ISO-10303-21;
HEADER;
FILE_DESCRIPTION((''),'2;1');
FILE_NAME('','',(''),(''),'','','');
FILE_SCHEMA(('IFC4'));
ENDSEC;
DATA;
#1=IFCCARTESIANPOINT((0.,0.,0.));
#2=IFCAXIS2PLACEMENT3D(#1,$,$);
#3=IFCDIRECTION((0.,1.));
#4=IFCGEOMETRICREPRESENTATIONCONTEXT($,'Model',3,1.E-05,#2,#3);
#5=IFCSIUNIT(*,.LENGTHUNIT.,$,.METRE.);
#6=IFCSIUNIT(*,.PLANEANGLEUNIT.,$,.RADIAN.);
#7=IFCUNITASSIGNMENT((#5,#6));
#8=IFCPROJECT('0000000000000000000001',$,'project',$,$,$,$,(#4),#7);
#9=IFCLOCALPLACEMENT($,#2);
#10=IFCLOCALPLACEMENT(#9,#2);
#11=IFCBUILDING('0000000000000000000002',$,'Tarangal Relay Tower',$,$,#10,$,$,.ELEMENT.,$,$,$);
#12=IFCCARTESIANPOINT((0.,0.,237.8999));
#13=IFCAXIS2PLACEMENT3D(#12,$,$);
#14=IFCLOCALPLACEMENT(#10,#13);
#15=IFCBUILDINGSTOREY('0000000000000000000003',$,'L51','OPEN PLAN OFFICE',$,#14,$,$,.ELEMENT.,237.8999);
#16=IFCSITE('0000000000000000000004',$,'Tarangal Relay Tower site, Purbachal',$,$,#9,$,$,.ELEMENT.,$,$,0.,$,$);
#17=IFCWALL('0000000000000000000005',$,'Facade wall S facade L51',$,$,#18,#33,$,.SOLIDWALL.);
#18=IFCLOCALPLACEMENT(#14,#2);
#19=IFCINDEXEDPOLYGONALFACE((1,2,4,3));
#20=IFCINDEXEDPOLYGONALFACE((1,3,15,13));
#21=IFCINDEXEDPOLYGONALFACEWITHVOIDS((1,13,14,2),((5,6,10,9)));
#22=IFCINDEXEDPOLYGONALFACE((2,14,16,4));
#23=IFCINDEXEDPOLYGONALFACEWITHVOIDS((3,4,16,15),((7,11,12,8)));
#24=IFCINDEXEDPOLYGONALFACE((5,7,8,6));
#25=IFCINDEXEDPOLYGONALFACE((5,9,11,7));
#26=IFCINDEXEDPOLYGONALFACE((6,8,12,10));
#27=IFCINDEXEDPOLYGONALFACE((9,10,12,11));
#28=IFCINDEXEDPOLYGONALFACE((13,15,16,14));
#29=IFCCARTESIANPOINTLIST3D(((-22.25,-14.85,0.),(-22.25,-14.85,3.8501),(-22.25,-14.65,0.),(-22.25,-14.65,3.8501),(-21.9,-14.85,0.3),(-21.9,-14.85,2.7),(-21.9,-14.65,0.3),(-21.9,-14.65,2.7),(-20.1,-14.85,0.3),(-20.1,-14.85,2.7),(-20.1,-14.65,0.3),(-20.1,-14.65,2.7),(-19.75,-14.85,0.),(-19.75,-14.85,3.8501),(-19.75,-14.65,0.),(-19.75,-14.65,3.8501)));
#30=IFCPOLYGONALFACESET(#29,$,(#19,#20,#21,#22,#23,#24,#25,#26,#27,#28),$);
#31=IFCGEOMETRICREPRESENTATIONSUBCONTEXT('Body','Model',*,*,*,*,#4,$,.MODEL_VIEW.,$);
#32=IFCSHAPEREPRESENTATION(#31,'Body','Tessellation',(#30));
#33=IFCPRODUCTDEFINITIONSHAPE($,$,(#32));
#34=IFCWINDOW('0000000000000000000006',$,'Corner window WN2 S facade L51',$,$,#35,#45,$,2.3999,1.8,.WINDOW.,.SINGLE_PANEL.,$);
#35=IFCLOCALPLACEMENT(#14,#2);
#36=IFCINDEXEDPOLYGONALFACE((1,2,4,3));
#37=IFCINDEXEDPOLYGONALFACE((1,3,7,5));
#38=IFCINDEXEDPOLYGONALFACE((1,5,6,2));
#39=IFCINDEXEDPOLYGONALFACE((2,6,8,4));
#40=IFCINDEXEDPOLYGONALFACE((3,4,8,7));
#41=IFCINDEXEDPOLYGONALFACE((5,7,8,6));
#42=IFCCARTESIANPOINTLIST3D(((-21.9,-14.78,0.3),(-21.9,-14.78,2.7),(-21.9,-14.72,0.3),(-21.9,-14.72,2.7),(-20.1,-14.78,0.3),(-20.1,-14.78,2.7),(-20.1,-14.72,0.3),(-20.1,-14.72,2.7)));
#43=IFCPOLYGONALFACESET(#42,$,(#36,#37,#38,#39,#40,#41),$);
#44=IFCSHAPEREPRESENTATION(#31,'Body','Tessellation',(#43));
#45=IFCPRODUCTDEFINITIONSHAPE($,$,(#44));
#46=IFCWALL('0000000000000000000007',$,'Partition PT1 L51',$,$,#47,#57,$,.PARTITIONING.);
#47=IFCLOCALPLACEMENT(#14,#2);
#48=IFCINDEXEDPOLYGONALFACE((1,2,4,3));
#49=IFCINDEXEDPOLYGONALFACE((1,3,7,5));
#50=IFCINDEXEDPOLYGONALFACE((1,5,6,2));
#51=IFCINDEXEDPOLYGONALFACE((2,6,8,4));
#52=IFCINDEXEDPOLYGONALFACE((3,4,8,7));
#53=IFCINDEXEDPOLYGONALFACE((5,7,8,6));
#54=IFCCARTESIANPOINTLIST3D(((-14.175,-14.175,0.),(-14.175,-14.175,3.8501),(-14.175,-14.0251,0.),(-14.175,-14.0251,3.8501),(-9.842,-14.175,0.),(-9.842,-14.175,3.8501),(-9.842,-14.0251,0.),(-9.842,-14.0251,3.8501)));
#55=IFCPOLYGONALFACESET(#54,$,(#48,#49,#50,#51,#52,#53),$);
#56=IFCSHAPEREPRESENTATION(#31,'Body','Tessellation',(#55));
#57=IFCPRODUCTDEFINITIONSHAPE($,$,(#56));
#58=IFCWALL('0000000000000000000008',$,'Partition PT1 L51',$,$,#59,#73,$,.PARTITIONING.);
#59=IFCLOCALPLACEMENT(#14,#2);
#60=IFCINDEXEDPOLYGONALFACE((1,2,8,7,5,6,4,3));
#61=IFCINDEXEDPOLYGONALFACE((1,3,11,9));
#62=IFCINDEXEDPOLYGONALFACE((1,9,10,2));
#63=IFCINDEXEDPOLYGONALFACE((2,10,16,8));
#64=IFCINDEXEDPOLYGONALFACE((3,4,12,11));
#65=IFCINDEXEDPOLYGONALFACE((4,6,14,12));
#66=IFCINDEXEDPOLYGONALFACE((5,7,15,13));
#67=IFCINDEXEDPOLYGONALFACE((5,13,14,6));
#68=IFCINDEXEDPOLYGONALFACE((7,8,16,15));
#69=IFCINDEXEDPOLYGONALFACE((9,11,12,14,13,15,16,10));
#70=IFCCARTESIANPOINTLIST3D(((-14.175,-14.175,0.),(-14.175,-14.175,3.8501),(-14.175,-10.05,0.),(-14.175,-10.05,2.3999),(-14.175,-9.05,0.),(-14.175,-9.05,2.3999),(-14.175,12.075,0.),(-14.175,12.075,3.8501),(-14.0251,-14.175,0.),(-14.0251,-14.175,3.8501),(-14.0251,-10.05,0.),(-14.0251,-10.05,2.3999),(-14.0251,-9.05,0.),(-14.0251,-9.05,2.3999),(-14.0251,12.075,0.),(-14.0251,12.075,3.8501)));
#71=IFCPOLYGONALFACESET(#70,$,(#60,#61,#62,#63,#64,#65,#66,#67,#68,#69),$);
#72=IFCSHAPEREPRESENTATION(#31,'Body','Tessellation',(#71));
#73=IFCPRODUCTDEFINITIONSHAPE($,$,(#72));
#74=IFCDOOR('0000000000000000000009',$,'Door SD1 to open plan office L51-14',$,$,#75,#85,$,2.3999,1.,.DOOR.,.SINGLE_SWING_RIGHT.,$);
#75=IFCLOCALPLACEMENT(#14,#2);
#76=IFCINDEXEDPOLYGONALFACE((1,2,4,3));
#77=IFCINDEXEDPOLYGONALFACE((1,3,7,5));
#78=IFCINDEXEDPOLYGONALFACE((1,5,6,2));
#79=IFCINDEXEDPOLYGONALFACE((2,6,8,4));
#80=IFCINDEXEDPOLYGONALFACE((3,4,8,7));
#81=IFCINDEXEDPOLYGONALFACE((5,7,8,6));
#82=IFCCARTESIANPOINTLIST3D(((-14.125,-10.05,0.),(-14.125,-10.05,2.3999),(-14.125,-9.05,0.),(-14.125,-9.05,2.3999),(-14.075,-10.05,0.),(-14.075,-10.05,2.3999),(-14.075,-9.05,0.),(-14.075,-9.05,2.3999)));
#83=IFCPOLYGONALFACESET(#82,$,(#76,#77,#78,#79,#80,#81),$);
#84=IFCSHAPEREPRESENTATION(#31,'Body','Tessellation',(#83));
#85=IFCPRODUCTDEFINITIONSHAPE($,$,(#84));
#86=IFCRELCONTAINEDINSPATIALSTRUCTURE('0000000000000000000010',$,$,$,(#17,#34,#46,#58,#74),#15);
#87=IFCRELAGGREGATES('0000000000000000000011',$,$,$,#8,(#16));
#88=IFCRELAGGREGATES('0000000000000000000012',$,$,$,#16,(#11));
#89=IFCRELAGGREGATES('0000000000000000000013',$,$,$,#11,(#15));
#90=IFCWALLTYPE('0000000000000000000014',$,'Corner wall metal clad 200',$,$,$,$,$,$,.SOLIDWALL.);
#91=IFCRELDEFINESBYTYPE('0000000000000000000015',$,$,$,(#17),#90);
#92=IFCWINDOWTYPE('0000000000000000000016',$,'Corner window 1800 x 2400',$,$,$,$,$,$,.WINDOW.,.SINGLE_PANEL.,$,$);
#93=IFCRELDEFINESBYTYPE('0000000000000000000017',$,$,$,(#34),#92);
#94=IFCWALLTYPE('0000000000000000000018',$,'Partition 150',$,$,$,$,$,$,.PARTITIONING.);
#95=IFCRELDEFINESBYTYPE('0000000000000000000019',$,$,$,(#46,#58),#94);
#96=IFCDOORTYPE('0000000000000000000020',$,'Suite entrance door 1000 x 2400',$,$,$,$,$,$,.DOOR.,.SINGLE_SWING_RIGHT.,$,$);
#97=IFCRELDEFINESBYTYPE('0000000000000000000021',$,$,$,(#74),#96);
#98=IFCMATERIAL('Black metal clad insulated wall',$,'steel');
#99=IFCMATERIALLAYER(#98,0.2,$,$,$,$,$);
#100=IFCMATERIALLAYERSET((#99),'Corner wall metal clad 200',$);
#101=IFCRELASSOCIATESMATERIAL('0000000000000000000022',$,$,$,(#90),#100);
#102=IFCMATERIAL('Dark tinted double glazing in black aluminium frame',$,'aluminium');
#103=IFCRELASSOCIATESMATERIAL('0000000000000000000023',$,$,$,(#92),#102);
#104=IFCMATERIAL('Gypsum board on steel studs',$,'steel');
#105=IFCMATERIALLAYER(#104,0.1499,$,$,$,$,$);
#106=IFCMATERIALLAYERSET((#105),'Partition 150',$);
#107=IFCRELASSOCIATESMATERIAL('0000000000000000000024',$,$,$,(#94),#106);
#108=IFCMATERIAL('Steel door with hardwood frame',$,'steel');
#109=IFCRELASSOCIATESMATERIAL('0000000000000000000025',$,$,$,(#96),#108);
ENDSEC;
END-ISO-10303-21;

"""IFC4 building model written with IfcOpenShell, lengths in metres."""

from ifc_helpers import new_model, si_unit, direction, frame, frame_2d, origin, place, context, subcontext, project, spatial, rectangle, extrude, material, layer, layer_set, type_object, element, fill, save


model = new_model("IFC4")

# Units and contexts
model_context = context("Model", 3, precision=1e-05, world=origin(), true_north=direction((0.0, 1.0)))
body_context = subcontext(model_context, "Body", "Model", "MODEL_VIEW")
ifc_project = project(units=[si_unit("LENGTHUNIT", "METRE"), si_unit("PLANEANGLEUNIT", "RADIAN")], contexts=[model_context])

# Site, building, storey
site_placement = place(None, origin())
site = spatial("IfcSite", under=ifc_project, at=site_placement, Name="Tarangal Relay Tower site, Purbachal", CompositionType="ELEMENT", RefElevation=0.0)
building_placement = place(site_placement, origin())
building = spatial("IfcBuilding", under=site, at=building_placement, Name="Tarangal Relay Tower", CompositionType="ELEMENT")
storey_placement = place(building_placement, frame((0.0, 0.0, 237.8999)))
storey = spatial("IfcBuildingStorey", under=building, at=storey_placement, Name="L51", Description="OPEN PLAN OFFICE", CompositionType="ELEMENT", Elevation=237.8999)

# Shared definitions
ifc_material_1 = material(Name="Black metal clad insulated wall", Category="steel")
ifc_layer_1 = layer(ifc_material_1, 0.2)
ifc_layer_set_1 = layer_set([ifc_layer_1], Name="Corner wall metal clad 200")
wall_type_1 = type_object("IfcWallType", Name="Corner wall metal clad 200", PredefinedType="SOLIDWALL", material=ifc_layer_set_1)

# Shared definitions
ifc_material_2 = material(Name="Dark tinted double glazing in black aluminium frame", Category="aluminium")
window_type = type_object("IfcWindowType", Name="Corner window 1800 x 2400", PartitioningType="SINGLE_PANEL", PredefinedType="WINDOW", material=ifc_material_2)

# Wall, opening, window
wall_1_placement = place(storey_placement, frame((-19.75, -14.75, 0.0), z_axis=(0.0, 0.0, 1.0), x_axis=(-1.0, 0.0, 0.0)))
wall_1 = element("IfcWall", 1, at=wall_1_placement, inside=storey, type_object=wall_type_1, Name="Facade wall S facade L51", PredefinedType="SOLIDWALL", context=body_context, shape_type="SweptSolid", body=[
    extrude(rectangle(XDim=2.5, YDim=0.2, at=frame_2d((1.25, 0.0))), origin(), (0.0, 0.0, 1.0), 3.8501),
])
opening_1_placement = place(wall_1_placement, frame((0.3501, 0.0, 0.3)))
opening_1 = element("IfcOpeningElement", 2, at=opening_1_placement, cuts=wall_1, PredefinedType="OPENING", context=body_context, shape_type="SweptSolid", body=[
    extrude(rectangle(XDim=1.8, YDim=2.3999, at=frame_2d((0.8999, 1.2))), frame((0.0, 0.1099, 0.0), z_axis=(0.0, -1.0, 0.0), x_axis=(1.0, 0.0, 0.0)), (0.0, 0.0, 1.0), 0.22),
])
window_1_placement = place(opening_1_placement, origin())
window_1 = element("IfcWindow", 3, at=window_1_placement, inside=storey, type_object=window_type, Name="Corner window WN2 S facade L51", OverallHeight=2.3999, OverallWidth=1.8, PartitioningType="SINGLE_PANEL", PredefinedType="WINDOW", context=body_context, shape_type="SweptSolid", body=[
    extrude(rectangle(XDim=1.8, YDim=2.3999, at=frame_2d((0.8999, 1.2))), frame((0.0, 0.03, 0.0), z_axis=(0.0, -1.0, 0.0), x_axis=(1.0, 0.0, 0.0)), (0.0, 0.0, 1.0), 0.0601),
])
fill(opening_1, window_1)

# Wall
ifc_material_3 = material(Name="Gypsum board on steel studs", Category="steel")
ifc_layer_2 = layer(ifc_material_3, 0.1499)
ifc_layer_set_2 = layer_set([ifc_layer_2], Name="Partition 150")
wall_type_2 = type_object("IfcWallType", Name="Partition 150", PredefinedType="PARTITIONING", material=ifc_layer_set_2)
wall_2_placement = place(storey_placement, frame((-14.175, -14.1001, 0.0), z_axis=(0.0, 0.0, 1.0), x_axis=(1.0, 0.0, 0.0)))
element("IfcWall", 4, at=wall_2_placement, inside=storey, type_object=wall_type_2, Name="Partition PT1 L51", PredefinedType="PARTITIONING", context=body_context, shape_type="SweptSolid", body=[
    extrude(rectangle(XDim=4.333, YDim=0.1499, at=frame_2d((2.1665, 0.0))), origin(), (0.0, 0.0, 1.0), 3.8501),
])

# Wall, opening, door
wall_3_placement = place(storey_placement, frame((-14.1001, -14.175, 0.0), z_axis=(0.0, 0.0, 1.0), x_axis=(0.0, 1.0, 0.0)))
wall_3 = element("IfcWall", 5, at=wall_3_placement, inside=storey, type_object=wall_type_2, Name="Partition PT1 L51", PredefinedType="PARTITIONING", context=body_context, shape_type="SweptSolid", body=[
    extrude(rectangle(XDim=26.25, YDim=0.1499, at=frame_2d((13.125, 0.0))), origin(), (0.0, 0.0, 1.0), 3.8501),
])
opening_2_placement = place(wall_3_placement, frame((4.125, 0.0, 0.0)))
opening_2 = element("IfcOpeningElement", 6, at=opening_2_placement, cuts=wall_3, PredefinedType="OPENING", context=body_context, shape_type="SweptSolid", body=[
    extrude(rectangle(XDim=1.0, YDim=2.3999, at=frame_2d((0.5, 1.2))), frame((0.0, 0.085, 0.0), z_axis=(0.0, -1.0, 0.0), x_axis=(1.0, 0.0, 0.0)), (0.0, 0.0, 1.0), 0.1699),
])
ifc_material_4 = material(Name="Steel door with hardwood frame", Category="steel")
door_type_1 = type_object("IfcDoorType", Name="Suite entrance door 1000 x 2400", OperationType="SINGLE_SWING_RIGHT", PredefinedType="DOOR", material=ifc_material_4)
door_1_placement = place(opening_2_placement, origin())
door_1 = element("IfcDoor", 7, at=door_1_placement, inside=storey, type_object=door_type_1, Name="Door SD1 to open plan office L51-14", OperationType="SINGLE_SWING_RIGHT", OverallHeight=2.3999, OverallWidth=1.0, PredefinedType="DOOR", context=body_context, shape_type="SweptSolid", body=[
    extrude(rectangle(XDim=1.0, YDim=2.3999, at=frame_2d((0.5, 1.2))), frame((0.0, 0.0249, 0.0), z_axis=(0.0, -1.0, 0.0), x_axis=(1.0, 0.0, 0.0)), (0.0, 0.0, 1.0), 0.05),
])
fill(opening_2, door_1)

save(model, "model.ifc")
